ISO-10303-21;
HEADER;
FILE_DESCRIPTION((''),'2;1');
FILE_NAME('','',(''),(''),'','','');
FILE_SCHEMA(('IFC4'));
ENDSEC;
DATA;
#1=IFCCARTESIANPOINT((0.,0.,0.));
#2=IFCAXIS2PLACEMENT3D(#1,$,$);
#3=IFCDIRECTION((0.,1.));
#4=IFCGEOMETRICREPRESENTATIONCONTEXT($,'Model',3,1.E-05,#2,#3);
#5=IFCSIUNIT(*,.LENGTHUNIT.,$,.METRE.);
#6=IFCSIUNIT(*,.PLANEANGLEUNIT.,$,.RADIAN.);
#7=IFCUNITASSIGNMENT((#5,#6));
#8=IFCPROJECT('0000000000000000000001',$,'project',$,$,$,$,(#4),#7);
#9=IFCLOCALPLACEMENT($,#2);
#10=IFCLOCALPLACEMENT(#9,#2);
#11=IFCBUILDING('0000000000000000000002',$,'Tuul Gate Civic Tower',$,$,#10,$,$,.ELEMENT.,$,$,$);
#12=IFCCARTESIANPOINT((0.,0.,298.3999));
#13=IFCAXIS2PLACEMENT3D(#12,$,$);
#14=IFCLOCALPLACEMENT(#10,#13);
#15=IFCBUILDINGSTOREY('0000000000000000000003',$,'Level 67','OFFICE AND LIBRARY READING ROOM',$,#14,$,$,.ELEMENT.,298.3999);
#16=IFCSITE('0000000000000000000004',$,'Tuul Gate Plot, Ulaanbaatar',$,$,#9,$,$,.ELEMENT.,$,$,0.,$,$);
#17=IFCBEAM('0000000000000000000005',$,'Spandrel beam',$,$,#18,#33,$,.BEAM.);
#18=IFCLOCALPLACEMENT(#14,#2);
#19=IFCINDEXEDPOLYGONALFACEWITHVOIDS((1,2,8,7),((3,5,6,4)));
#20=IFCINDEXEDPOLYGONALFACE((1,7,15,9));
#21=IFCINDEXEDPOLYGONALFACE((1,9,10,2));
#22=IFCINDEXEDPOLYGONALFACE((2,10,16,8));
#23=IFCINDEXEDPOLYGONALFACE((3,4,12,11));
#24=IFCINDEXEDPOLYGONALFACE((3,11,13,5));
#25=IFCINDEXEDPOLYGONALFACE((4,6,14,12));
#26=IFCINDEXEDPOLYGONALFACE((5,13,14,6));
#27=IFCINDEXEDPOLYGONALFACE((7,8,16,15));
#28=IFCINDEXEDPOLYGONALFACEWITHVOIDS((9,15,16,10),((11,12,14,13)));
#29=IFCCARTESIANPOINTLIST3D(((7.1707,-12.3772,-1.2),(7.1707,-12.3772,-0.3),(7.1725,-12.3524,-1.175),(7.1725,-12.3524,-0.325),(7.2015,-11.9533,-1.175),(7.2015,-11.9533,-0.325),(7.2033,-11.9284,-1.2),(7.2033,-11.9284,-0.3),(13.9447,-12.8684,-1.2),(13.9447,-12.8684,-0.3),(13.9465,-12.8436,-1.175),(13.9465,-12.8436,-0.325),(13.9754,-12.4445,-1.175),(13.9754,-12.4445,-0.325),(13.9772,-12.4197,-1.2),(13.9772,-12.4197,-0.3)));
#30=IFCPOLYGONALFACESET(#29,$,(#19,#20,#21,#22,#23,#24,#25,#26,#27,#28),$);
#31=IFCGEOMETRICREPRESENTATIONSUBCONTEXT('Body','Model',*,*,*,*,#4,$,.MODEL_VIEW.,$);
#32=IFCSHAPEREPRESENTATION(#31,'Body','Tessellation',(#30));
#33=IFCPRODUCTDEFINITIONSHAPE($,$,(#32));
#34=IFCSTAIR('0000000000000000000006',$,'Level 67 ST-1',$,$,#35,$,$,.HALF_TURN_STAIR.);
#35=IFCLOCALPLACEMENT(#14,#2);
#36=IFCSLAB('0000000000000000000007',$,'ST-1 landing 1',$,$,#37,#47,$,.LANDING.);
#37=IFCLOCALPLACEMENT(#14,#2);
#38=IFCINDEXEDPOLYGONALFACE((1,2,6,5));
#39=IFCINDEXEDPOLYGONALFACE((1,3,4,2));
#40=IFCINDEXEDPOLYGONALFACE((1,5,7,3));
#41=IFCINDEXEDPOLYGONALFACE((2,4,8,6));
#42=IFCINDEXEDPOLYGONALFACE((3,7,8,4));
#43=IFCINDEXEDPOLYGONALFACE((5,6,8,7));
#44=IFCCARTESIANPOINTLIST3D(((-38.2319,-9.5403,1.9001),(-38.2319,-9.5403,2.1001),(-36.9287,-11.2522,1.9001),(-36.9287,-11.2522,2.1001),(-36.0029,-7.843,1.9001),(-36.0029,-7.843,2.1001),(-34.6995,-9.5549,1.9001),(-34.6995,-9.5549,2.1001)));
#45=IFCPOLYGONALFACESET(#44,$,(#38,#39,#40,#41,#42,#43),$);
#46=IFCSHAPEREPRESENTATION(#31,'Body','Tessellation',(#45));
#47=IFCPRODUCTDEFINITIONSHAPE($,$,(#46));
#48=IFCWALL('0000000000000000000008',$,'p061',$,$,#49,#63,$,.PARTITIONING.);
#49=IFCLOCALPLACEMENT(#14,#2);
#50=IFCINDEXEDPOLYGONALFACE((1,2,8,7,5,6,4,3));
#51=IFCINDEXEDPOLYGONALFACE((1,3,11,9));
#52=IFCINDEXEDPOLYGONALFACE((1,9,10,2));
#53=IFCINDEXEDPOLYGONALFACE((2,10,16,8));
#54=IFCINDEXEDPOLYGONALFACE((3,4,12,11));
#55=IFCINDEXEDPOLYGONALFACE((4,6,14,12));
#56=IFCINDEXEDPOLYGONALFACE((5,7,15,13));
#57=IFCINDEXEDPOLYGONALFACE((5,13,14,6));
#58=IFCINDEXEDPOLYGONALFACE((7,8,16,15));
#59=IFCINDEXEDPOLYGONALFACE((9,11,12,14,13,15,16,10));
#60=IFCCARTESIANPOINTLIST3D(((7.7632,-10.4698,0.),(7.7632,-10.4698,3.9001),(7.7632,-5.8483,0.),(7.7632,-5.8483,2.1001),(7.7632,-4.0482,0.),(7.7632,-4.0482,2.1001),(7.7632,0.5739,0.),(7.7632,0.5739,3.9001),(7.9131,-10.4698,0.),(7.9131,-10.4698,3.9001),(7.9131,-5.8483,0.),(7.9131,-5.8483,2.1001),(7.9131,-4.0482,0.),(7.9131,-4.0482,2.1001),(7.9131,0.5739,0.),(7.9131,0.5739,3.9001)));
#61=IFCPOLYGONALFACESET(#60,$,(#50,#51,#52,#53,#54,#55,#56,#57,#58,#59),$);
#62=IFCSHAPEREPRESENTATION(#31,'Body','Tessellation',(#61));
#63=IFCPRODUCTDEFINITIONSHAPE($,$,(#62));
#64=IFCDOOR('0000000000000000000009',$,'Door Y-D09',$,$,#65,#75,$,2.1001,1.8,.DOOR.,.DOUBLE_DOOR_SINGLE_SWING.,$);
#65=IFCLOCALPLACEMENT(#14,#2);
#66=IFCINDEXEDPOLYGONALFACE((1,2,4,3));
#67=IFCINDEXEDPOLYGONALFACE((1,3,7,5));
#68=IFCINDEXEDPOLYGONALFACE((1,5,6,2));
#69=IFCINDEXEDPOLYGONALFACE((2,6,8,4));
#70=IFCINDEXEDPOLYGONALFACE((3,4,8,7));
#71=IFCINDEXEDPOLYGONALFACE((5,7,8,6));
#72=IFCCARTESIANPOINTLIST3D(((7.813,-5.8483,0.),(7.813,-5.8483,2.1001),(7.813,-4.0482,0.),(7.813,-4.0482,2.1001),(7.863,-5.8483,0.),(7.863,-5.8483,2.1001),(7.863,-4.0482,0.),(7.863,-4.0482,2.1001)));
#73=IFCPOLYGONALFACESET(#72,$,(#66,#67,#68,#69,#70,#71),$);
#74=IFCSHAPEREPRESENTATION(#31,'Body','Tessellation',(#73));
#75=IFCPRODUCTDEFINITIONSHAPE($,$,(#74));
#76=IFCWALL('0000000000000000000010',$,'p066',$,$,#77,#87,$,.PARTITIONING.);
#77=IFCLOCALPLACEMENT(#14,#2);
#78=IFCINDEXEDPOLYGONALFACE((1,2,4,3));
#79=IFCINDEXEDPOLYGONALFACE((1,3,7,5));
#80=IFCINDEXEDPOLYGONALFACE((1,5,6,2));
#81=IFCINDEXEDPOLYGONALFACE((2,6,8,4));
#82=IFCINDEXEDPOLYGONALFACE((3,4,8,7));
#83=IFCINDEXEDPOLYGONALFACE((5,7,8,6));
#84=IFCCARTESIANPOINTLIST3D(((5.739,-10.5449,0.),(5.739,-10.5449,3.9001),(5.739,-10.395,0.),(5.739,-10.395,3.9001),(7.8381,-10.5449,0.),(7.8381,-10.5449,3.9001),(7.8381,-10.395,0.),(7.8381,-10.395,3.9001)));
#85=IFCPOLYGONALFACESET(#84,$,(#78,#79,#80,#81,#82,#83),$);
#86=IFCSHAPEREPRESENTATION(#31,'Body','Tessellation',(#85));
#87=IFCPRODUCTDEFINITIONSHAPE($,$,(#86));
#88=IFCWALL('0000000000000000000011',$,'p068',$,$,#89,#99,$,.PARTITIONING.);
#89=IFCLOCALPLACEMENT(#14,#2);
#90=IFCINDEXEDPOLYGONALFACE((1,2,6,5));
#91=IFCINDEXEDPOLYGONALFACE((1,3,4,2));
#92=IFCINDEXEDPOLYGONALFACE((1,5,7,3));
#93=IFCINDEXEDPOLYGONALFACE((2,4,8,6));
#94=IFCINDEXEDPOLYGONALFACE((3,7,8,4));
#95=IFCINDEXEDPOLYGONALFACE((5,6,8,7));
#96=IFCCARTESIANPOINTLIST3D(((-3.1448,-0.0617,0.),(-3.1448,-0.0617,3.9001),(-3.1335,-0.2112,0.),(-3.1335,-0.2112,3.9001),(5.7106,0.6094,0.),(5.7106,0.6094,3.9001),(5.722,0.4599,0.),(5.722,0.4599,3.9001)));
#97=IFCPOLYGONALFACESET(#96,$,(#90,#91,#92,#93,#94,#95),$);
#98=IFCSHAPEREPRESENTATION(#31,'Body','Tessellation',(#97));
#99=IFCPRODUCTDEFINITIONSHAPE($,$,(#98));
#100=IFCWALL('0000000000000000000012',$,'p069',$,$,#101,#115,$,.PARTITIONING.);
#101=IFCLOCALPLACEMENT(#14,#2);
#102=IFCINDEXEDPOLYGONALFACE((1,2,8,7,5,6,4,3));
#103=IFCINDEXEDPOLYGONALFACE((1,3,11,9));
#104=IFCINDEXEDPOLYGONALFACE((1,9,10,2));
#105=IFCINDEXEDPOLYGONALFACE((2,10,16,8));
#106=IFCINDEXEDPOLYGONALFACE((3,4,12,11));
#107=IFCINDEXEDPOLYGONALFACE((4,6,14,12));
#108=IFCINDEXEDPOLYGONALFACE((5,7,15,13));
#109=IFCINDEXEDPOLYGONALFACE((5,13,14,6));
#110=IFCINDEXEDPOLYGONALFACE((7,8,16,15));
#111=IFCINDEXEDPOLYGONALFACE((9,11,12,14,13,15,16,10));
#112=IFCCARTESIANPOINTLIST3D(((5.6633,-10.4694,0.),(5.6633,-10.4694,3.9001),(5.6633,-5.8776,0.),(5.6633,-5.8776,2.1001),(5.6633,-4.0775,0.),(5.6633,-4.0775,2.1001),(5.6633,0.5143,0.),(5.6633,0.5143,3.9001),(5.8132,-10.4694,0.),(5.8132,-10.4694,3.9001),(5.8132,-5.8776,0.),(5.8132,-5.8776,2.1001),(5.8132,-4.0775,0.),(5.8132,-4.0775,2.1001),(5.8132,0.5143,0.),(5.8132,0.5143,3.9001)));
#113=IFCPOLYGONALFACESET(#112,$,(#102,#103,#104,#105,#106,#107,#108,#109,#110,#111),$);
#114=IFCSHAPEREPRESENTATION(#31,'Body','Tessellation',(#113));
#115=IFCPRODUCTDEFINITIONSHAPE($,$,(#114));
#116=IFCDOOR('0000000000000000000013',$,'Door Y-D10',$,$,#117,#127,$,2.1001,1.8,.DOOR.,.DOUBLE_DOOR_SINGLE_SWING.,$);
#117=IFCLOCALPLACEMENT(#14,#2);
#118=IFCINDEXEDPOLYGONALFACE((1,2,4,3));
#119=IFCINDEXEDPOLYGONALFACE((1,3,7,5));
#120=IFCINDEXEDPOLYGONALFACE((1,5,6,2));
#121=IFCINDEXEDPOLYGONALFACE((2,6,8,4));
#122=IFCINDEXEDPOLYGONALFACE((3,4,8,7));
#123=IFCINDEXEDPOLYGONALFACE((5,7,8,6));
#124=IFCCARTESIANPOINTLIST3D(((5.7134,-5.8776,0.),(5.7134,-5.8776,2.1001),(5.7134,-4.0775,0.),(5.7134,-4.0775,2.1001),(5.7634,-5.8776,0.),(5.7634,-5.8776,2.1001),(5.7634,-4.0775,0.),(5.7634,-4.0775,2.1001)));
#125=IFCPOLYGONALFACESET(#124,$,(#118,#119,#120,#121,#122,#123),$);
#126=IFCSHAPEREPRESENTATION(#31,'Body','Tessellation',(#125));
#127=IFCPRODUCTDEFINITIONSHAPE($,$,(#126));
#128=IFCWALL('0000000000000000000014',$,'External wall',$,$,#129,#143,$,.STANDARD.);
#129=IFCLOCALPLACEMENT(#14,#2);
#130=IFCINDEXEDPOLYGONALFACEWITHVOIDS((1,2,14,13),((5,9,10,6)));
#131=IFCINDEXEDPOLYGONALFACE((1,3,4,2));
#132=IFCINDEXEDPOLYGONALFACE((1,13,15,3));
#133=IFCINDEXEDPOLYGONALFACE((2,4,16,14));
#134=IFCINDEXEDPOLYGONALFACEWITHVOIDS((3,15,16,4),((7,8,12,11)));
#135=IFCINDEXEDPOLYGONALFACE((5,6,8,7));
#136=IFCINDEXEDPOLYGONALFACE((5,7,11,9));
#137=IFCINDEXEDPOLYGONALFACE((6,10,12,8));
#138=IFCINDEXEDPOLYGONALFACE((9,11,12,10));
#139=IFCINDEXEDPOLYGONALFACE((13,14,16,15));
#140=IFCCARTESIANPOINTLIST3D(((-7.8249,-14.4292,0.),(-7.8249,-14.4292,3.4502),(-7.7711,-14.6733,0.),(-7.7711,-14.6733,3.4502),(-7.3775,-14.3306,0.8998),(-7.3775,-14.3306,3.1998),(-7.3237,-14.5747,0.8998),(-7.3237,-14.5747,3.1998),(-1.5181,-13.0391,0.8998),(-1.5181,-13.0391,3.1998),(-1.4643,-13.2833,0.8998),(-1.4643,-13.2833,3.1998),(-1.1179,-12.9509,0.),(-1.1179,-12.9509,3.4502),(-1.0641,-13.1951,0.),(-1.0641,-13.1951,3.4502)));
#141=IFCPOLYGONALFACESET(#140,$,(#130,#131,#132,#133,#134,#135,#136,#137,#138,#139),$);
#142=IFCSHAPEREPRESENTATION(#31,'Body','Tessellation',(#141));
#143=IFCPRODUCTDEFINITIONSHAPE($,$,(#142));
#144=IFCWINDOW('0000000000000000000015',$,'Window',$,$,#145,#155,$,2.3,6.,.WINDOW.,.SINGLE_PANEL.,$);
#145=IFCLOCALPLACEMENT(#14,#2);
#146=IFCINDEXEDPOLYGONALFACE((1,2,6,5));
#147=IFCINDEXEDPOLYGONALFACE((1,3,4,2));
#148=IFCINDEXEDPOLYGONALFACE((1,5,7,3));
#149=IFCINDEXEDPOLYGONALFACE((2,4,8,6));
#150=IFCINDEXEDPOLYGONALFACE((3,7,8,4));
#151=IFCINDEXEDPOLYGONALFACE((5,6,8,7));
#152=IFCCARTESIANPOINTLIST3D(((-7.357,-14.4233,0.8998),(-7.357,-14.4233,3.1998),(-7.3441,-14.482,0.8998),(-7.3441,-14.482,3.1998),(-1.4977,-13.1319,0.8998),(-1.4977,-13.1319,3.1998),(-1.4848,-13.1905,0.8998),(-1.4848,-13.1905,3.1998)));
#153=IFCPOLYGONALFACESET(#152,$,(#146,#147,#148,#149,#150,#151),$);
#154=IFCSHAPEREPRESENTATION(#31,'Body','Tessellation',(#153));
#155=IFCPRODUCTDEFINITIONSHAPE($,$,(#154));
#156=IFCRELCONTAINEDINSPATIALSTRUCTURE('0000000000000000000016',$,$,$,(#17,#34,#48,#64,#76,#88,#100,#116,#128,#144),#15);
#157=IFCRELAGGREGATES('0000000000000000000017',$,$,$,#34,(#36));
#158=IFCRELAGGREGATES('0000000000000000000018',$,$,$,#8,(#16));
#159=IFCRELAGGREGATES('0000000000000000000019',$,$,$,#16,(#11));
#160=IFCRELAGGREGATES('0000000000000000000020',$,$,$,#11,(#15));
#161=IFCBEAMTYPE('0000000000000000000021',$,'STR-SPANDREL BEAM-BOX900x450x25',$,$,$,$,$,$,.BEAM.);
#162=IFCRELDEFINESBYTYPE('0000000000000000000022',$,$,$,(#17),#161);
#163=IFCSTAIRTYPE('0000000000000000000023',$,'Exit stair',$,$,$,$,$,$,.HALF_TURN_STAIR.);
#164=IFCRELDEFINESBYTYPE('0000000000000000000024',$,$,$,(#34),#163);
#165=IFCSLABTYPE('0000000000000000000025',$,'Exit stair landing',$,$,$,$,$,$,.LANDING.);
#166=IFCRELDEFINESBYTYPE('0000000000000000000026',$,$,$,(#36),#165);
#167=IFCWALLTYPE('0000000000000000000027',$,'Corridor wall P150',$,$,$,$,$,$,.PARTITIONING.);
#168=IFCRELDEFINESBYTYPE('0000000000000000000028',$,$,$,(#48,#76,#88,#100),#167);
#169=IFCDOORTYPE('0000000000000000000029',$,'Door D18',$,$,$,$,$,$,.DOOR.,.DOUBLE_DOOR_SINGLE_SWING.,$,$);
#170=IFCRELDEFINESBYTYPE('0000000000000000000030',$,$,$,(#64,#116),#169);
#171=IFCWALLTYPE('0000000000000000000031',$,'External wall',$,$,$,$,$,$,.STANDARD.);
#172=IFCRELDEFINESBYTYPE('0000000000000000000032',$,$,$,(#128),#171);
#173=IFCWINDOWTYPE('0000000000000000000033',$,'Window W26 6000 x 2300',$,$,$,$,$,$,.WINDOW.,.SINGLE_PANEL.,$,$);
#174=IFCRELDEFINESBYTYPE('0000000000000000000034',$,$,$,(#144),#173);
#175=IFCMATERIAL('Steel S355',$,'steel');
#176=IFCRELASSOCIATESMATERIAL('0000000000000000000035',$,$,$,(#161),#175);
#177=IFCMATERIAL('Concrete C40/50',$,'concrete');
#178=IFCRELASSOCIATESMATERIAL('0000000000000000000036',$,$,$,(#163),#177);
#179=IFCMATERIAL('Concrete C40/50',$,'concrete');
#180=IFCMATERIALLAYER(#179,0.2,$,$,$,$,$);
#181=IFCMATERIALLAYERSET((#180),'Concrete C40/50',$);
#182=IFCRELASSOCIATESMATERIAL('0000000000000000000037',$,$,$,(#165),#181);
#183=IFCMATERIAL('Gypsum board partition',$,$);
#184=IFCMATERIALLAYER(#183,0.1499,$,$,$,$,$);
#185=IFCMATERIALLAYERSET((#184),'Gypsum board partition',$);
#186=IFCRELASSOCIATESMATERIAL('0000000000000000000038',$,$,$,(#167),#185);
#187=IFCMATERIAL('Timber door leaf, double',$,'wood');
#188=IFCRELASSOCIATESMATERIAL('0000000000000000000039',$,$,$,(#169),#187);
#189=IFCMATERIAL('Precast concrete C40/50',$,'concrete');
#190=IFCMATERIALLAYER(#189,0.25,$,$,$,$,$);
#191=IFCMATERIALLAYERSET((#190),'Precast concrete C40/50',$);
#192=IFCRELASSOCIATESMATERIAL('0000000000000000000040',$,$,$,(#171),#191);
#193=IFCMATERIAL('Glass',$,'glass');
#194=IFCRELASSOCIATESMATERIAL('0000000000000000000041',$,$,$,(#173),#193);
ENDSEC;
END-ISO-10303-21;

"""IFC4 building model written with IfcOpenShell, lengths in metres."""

from ifc_helpers import new_model, si_unit, direction, frame, frame_2d, origin, origin_2d, place, context, subcontext, project, spatial, polyline, rectangle, hollow_rectangle, outline, extrude, material, layer, layer_set, material_profile, profile_set, type_object, element, fill, aggregate, save


model = new_model("IFC4")

# Units and contexts
model_context = context("Model", 3, precision=1e-05, world=origin(), true_north=direction((0.0, 1.0)))
body_context = subcontext(model_context, "Body", "Model", "MODEL_VIEW")
ifc_project = project(units=[si_unit("LENGTHUNIT", "METRE"), si_unit("PLANEANGLEUNIT", "RADIAN")], contexts=[model_context])

# Site, building, storey
site_placement = place(None, origin())
site = spatial("IfcSite", under=ifc_project, at=site_placement, Name="Tuul Gate Plot, Ulaanbaatar", CompositionType="ELEMENT", RefElevation=0.0)
building_placement = place(site_placement, origin())
building = spatial("IfcBuilding", under=site, at=building_placement, Name="Tuul Gate Civic Tower", CompositionType="ELEMENT")
storey_placement = place(building_placement, frame((0.0, 0.0, 298.3999)))
storey = spatial("IfcBuildingStorey", under=building, at=storey_placement, Name="Level 67", Description="OFFICE AND LIBRARY READING ROOM", CompositionType="ELEMENT", Elevation=298.3999)

# Beam
ifc_material_1 = material(Name="Steel S355", Category="steel")
ifc_material_profile_1 = material_profile(ifc_material_1, hollow_rectangle(XDim=0.45, YDim=0.8999, WallThickness=0.0249, at=origin_2d()), Name="BOX900x450x25")
ifc_profile_set_1 = profile_set([ifc_material_profile_1], Name="Steel S355")
beam_type_1 = type_object("IfcBeamType", Name="STR-SPANDREL BEAM-BOX900x450x25", PredefinedType="BEAM", material=ifc_profile_set_1)
beam_1_placement = place(storey_placement, frame((7.187, -12.1528, -0.75), z_axis=(0.997381, -0.072325, 0.0), x_axis=(0.072325, 0.997381, 0.0)))
element("IfcBeam", 1, at=beam_1_placement, inside=storey, type_object=beam_type_1, Name="Spandrel beam", PredefinedType="BEAM", context=body_context, shape_type="SweptSolid", body=[
    extrude(hollow_rectangle(XDim=0.45, YDim=0.8999, WallThickness=0.0249, at=origin_2d()), origin(), (0.0, 0.0, 1.0), 6.7917),
])

# Stair, slab
ifc_material_2 = material(Name="Concrete C40/50", Category="concrete")
stair_type = type_object("IfcStairType", Name="Exit stair", PredefinedType="HALF_TURN_STAIR", material=ifc_material_2)
stair_placement = place(storey_placement, origin())
stair = element("IfcStair", 2, at=stair_placement, inside=storey, type_object=stair_type, Name="Level 67 ST-1", PredefinedType="HALF_TURN_STAIR")
ifc_material_3 = material(Name="Concrete C40/50", Category="concrete")
ifc_layer_1 = layer(ifc_material_3, 0.2)
ifc_layer_set_1 = layer_set([ifc_layer_1], Name="Concrete C40/50")
slab_type = type_object("IfcSlabType", Name="Exit stair landing", PredefinedType="LANDING", material=ifc_layer_set_1)
slab_placement = place(storey_placement, frame((0.0, 0.0, 1.9001)))
slab = element("IfcSlab", 3, at=slab_placement, type_object=slab_type, Name="ST-1 landing 1", PredefinedType="LANDING", context=body_context, shape_type="SweptSolid", body=[
    extrude(outline(polyline([(-34.6995, -9.5549), (-36.9287, -11.2522), (-38.2319, -9.5403), (-36.0029, -7.843), (-34.6995, -9.5549)])), origin(), (0.0, 0.0, 1.0), 0.2),
])
aggregate(stair, [slab])

# Wall, opening, door
ifc_material_4 = material(Name="Gypsum board partition")
ifc_layer_2 = layer(ifc_material_4, 0.1499)
ifc_layer_set_2 = layer_set([ifc_layer_2], Name="Gypsum board partition")
wall_type_1 = type_object("IfcWallType", Name="Corridor wall P150", PredefinedType="PARTITIONING", material=ifc_layer_set_2)
wall_1_placement = place(storey_placement, frame((7.8381, -10.47, 0.0), z_axis=(0.0, 0.0, 1.0), x_axis=(0.0, 1.0, 0.0)))
wall_1 = element("IfcWall", 4, at=wall_1_placement, inside=storey, type_object=wall_type_1, Name="p061", PredefinedType="PARTITIONING", context=body_context, shape_type="SweptSolid", body=[
    extrude(rectangle(XDim=11.0437, YDim=0.1499, at=frame_2d((5.522, 0.0))), origin(), (0.0, 0.0, 1.0), 3.9001),
])
opening_1_placement = place(wall_1_placement, frame((4.6218, 0.0, 0.0)))
opening_1 = element("IfcOpeningElement", 5, at=opening_1_placement, cuts=wall_1, PredefinedType="OPENING", context=body_context, shape_type="SweptSolid", body=[
    extrude(rectangle(XDim=1.8, YDim=2.1001, at=frame_2d((0.8999, 1.05))), frame((0.0, 0.085, 0.0), z_axis=(0.0, -1.0, 0.0), x_axis=(1.0, 0.0, 0.0)), (0.0, 0.0, 1.0), 0.1699),
])
ifc_material_5 = material(Name="Timber door leaf, double", Category="wood")
door_type = type_object("IfcDoorType", Name="Door D18", OperationType="DOUBLE_DOOR_SINGLE_SWING", PredefinedType="DOOR", material=ifc_material_5)
door_1_placement = place(opening_1_placement, frame((1.8, 0.0, 0.0), z_axis=(0.0, 0.0, 1.0), x_axis=(-1.0, 0.0, 0.0)))
door_1 = element("IfcDoor", 6, at=door_1_placement, inside=storey, type_object=door_type, Name="Door Y-D09", OperationType="DOUBLE_DOOR_SINGLE_SWING", OverallHeight=2.1001, OverallWidth=1.8, PredefinedType="DOOR", context=body_context, shape_type="SweptSolid", body=[
    extrude(rectangle(XDim=1.8, YDim=2.1001, at=frame_2d((0.9001, 1.05))), frame((0.0, 0.0249, 0.0), z_axis=(0.0, -1.0, 0.0), x_axis=(1.0, 0.0, 0.0)), (0.0, 0.0, 1.0), 0.05),
])
fill(opening_1, door_1)

# Walls
wall_2_placement = place(storey_placement, frame((5.739, -10.47, 0.0), z_axis=(0.0, 0.0, 1.0), x_axis=(1.0, 0.0, 0.0)))
element("IfcWall", 7, at=wall_2_placement, inside=storey, type_object=wall_type_1, Name="p066", PredefinedType="PARTITIONING", context=body_context, shape_type="SweptSolid", body=[
    extrude(rectangle(XDim=2.0991, YDim=0.1499, at=frame_2d((1.0496, 0.0))), origin(), (0.0, 0.0, 1.0), 3.9001),
])
wall_3_placement = place(storey_placement, frame((-3.1392, -0.1365, 0.0), z_axis=(0.0, 0.0, 1.0), x_axis=(0.99714, 0.075572, 0.0)))
element("IfcWall", 8, at=wall_3_placement, inside=storey, type_object=wall_type_1, Name="p068", PredefinedType="PARTITIONING", context=body_context, shape_type="SweptSolid", body=[
    extrude(rectangle(XDim=8.8809, YDim=0.1499, at=frame_2d((4.4404, 0.0))), origin(), (0.0, 0.0, 1.0), 3.9001),
])

# Wall, opening, door
wall_4_placement = place(storey_placement, frame((5.7383, -10.4692, 0.0), z_axis=(0.0, 0.0, 1.0), x_axis=(0.0, 1.0, 0.0)))
wall_4 = element("IfcWall", 9, at=wall_4_placement, inside=storey, type_object=wall_type_1, Name="p069", PredefinedType="PARTITIONING", context=body_context, shape_type="SweptSolid", body=[
    extrude(rectangle(XDim=10.9836, YDim=0.1499, at=frame_2d((5.4917, 0.0))), origin(), (0.0, 0.0, 1.0), 3.9001),
])
opening_2_placement = place(wall_4_placement, frame((4.5918, 0.0, 0.0)))
opening_2 = element("IfcOpeningElement", 10, at=opening_2_placement, cuts=wall_4, PredefinedType="OPENING", context=body_context, shape_type="SweptSolid", body=[
    extrude(rectangle(XDim=1.8, YDim=2.1001, at=frame_2d((0.8999, 1.05))), frame((0.0, 0.085, 0.0), z_axis=(0.0, -1.0, 0.0), x_axis=(1.0, 0.0, 0.0)), (0.0, 0.0, 1.0), 0.1699),
])
door_2_placement = place(opening_2_placement, origin())
door_2 = element("IfcDoor", 11, at=door_2_placement, inside=storey, type_object=door_type, Name="Door Y-D10", OperationType="DOUBLE_DOOR_SINGLE_SWING", OverallHeight=2.1001, OverallWidth=1.8, PredefinedType="DOOR", context=body_context, shape_type="SweptSolid", body=[
    extrude(rectangle(XDim=1.8, YDim=2.1001, at=frame_2d((0.8999, 1.05))), frame((0.0, 0.0249, 0.0), z_axis=(0.0, -1.0, 0.0), x_axis=(1.0, 0.0, 0.0)), (0.0, 0.0, 1.0), 0.05),
])
fill(opening_2, door_2)

# Wall, opening, window
ifc_material_6 = material(Name="Precast concrete C40/50", Category="concrete")
ifc_layer_3 = layer(ifc_material_6, 0.25)
ifc_layer_set_3 = layer_set([ifc_layer_3], Name="Precast concrete C40/50")
wall_type_2 = type_object("IfcWallType", Name="External wall", PredefinedType="STANDARD", material=ifc_layer_set_3)
wall_5_placement = place(storey_placement, frame((-7.7981, -14.5513, 0.0), z_axis=(0.0, 0.0, 1.0), x_axis=(0.976561, 0.21524, 0.0)))
wall_5 = element("IfcWall", 12, at=wall_5_placement, inside=storey, type_object=wall_type_2, Name="External wall", PredefinedType="STANDARD", context=body_context, shape_type="SweptSolid", body=[
    extrude(rectangle(XDim=6.8679, YDim=0.25, at=frame_2d((3.4341, 0.0))), origin(), (0.0, 0.0, 1.0), 3.4502),
])
opening_3_placement = place(wall_5_placement, frame((0.4583, 0.0, 0.8999)))
opening_3 = element("IfcOpeningElement", 13, at=opening_3_placement, cuts=wall_5, PredefinedType="OPENING", context=body_context, shape_type="SweptSolid", body=[
    extrude(rectangle(XDim=6.0, YDim=2.3, at=frame_2d((3.0, 1.1499))), frame((0.0, 0.135, 0.0), z_axis=(0.0, -1.0, 0.0), x_axis=(1.0, 0.0, 0.0)), (0.0, 0.0, 1.0), 0.27),
])
ifc_material_7 = material(Name="Glass", Category="glass")
window_type = type_object("IfcWindowType", Name="Window W26 6000 x 2300", PartitioningType="SINGLE_PANEL", PredefinedType="WINDOW", material=ifc_material_7)
window_1_placement = place(opening_3_placement, origin())
window_1 = element("IfcWindow", 14, at=window_1_placement, inside=storey, type_object=window_type, Name="Window", OverallHeight=2.3, OverallWidth=6.0, PartitioningType="SINGLE_PANEL", PredefinedType="WINDOW", context=body_context, shape_type="SweptSolid", body=[
    extrude(rectangle(XDim=6.0, YDim=2.3, at=frame_2d((3.0, 1.1499))), frame((0.0, 0.03, 0.0), z_axis=(0.0, -1.0, 0.0), x_axis=(1.0, 0.0, 0.0)), (0.0, 0.0, 1.0), 0.0601),
])
fill(opening_3, window_1)

save(model, "model.ifc")
